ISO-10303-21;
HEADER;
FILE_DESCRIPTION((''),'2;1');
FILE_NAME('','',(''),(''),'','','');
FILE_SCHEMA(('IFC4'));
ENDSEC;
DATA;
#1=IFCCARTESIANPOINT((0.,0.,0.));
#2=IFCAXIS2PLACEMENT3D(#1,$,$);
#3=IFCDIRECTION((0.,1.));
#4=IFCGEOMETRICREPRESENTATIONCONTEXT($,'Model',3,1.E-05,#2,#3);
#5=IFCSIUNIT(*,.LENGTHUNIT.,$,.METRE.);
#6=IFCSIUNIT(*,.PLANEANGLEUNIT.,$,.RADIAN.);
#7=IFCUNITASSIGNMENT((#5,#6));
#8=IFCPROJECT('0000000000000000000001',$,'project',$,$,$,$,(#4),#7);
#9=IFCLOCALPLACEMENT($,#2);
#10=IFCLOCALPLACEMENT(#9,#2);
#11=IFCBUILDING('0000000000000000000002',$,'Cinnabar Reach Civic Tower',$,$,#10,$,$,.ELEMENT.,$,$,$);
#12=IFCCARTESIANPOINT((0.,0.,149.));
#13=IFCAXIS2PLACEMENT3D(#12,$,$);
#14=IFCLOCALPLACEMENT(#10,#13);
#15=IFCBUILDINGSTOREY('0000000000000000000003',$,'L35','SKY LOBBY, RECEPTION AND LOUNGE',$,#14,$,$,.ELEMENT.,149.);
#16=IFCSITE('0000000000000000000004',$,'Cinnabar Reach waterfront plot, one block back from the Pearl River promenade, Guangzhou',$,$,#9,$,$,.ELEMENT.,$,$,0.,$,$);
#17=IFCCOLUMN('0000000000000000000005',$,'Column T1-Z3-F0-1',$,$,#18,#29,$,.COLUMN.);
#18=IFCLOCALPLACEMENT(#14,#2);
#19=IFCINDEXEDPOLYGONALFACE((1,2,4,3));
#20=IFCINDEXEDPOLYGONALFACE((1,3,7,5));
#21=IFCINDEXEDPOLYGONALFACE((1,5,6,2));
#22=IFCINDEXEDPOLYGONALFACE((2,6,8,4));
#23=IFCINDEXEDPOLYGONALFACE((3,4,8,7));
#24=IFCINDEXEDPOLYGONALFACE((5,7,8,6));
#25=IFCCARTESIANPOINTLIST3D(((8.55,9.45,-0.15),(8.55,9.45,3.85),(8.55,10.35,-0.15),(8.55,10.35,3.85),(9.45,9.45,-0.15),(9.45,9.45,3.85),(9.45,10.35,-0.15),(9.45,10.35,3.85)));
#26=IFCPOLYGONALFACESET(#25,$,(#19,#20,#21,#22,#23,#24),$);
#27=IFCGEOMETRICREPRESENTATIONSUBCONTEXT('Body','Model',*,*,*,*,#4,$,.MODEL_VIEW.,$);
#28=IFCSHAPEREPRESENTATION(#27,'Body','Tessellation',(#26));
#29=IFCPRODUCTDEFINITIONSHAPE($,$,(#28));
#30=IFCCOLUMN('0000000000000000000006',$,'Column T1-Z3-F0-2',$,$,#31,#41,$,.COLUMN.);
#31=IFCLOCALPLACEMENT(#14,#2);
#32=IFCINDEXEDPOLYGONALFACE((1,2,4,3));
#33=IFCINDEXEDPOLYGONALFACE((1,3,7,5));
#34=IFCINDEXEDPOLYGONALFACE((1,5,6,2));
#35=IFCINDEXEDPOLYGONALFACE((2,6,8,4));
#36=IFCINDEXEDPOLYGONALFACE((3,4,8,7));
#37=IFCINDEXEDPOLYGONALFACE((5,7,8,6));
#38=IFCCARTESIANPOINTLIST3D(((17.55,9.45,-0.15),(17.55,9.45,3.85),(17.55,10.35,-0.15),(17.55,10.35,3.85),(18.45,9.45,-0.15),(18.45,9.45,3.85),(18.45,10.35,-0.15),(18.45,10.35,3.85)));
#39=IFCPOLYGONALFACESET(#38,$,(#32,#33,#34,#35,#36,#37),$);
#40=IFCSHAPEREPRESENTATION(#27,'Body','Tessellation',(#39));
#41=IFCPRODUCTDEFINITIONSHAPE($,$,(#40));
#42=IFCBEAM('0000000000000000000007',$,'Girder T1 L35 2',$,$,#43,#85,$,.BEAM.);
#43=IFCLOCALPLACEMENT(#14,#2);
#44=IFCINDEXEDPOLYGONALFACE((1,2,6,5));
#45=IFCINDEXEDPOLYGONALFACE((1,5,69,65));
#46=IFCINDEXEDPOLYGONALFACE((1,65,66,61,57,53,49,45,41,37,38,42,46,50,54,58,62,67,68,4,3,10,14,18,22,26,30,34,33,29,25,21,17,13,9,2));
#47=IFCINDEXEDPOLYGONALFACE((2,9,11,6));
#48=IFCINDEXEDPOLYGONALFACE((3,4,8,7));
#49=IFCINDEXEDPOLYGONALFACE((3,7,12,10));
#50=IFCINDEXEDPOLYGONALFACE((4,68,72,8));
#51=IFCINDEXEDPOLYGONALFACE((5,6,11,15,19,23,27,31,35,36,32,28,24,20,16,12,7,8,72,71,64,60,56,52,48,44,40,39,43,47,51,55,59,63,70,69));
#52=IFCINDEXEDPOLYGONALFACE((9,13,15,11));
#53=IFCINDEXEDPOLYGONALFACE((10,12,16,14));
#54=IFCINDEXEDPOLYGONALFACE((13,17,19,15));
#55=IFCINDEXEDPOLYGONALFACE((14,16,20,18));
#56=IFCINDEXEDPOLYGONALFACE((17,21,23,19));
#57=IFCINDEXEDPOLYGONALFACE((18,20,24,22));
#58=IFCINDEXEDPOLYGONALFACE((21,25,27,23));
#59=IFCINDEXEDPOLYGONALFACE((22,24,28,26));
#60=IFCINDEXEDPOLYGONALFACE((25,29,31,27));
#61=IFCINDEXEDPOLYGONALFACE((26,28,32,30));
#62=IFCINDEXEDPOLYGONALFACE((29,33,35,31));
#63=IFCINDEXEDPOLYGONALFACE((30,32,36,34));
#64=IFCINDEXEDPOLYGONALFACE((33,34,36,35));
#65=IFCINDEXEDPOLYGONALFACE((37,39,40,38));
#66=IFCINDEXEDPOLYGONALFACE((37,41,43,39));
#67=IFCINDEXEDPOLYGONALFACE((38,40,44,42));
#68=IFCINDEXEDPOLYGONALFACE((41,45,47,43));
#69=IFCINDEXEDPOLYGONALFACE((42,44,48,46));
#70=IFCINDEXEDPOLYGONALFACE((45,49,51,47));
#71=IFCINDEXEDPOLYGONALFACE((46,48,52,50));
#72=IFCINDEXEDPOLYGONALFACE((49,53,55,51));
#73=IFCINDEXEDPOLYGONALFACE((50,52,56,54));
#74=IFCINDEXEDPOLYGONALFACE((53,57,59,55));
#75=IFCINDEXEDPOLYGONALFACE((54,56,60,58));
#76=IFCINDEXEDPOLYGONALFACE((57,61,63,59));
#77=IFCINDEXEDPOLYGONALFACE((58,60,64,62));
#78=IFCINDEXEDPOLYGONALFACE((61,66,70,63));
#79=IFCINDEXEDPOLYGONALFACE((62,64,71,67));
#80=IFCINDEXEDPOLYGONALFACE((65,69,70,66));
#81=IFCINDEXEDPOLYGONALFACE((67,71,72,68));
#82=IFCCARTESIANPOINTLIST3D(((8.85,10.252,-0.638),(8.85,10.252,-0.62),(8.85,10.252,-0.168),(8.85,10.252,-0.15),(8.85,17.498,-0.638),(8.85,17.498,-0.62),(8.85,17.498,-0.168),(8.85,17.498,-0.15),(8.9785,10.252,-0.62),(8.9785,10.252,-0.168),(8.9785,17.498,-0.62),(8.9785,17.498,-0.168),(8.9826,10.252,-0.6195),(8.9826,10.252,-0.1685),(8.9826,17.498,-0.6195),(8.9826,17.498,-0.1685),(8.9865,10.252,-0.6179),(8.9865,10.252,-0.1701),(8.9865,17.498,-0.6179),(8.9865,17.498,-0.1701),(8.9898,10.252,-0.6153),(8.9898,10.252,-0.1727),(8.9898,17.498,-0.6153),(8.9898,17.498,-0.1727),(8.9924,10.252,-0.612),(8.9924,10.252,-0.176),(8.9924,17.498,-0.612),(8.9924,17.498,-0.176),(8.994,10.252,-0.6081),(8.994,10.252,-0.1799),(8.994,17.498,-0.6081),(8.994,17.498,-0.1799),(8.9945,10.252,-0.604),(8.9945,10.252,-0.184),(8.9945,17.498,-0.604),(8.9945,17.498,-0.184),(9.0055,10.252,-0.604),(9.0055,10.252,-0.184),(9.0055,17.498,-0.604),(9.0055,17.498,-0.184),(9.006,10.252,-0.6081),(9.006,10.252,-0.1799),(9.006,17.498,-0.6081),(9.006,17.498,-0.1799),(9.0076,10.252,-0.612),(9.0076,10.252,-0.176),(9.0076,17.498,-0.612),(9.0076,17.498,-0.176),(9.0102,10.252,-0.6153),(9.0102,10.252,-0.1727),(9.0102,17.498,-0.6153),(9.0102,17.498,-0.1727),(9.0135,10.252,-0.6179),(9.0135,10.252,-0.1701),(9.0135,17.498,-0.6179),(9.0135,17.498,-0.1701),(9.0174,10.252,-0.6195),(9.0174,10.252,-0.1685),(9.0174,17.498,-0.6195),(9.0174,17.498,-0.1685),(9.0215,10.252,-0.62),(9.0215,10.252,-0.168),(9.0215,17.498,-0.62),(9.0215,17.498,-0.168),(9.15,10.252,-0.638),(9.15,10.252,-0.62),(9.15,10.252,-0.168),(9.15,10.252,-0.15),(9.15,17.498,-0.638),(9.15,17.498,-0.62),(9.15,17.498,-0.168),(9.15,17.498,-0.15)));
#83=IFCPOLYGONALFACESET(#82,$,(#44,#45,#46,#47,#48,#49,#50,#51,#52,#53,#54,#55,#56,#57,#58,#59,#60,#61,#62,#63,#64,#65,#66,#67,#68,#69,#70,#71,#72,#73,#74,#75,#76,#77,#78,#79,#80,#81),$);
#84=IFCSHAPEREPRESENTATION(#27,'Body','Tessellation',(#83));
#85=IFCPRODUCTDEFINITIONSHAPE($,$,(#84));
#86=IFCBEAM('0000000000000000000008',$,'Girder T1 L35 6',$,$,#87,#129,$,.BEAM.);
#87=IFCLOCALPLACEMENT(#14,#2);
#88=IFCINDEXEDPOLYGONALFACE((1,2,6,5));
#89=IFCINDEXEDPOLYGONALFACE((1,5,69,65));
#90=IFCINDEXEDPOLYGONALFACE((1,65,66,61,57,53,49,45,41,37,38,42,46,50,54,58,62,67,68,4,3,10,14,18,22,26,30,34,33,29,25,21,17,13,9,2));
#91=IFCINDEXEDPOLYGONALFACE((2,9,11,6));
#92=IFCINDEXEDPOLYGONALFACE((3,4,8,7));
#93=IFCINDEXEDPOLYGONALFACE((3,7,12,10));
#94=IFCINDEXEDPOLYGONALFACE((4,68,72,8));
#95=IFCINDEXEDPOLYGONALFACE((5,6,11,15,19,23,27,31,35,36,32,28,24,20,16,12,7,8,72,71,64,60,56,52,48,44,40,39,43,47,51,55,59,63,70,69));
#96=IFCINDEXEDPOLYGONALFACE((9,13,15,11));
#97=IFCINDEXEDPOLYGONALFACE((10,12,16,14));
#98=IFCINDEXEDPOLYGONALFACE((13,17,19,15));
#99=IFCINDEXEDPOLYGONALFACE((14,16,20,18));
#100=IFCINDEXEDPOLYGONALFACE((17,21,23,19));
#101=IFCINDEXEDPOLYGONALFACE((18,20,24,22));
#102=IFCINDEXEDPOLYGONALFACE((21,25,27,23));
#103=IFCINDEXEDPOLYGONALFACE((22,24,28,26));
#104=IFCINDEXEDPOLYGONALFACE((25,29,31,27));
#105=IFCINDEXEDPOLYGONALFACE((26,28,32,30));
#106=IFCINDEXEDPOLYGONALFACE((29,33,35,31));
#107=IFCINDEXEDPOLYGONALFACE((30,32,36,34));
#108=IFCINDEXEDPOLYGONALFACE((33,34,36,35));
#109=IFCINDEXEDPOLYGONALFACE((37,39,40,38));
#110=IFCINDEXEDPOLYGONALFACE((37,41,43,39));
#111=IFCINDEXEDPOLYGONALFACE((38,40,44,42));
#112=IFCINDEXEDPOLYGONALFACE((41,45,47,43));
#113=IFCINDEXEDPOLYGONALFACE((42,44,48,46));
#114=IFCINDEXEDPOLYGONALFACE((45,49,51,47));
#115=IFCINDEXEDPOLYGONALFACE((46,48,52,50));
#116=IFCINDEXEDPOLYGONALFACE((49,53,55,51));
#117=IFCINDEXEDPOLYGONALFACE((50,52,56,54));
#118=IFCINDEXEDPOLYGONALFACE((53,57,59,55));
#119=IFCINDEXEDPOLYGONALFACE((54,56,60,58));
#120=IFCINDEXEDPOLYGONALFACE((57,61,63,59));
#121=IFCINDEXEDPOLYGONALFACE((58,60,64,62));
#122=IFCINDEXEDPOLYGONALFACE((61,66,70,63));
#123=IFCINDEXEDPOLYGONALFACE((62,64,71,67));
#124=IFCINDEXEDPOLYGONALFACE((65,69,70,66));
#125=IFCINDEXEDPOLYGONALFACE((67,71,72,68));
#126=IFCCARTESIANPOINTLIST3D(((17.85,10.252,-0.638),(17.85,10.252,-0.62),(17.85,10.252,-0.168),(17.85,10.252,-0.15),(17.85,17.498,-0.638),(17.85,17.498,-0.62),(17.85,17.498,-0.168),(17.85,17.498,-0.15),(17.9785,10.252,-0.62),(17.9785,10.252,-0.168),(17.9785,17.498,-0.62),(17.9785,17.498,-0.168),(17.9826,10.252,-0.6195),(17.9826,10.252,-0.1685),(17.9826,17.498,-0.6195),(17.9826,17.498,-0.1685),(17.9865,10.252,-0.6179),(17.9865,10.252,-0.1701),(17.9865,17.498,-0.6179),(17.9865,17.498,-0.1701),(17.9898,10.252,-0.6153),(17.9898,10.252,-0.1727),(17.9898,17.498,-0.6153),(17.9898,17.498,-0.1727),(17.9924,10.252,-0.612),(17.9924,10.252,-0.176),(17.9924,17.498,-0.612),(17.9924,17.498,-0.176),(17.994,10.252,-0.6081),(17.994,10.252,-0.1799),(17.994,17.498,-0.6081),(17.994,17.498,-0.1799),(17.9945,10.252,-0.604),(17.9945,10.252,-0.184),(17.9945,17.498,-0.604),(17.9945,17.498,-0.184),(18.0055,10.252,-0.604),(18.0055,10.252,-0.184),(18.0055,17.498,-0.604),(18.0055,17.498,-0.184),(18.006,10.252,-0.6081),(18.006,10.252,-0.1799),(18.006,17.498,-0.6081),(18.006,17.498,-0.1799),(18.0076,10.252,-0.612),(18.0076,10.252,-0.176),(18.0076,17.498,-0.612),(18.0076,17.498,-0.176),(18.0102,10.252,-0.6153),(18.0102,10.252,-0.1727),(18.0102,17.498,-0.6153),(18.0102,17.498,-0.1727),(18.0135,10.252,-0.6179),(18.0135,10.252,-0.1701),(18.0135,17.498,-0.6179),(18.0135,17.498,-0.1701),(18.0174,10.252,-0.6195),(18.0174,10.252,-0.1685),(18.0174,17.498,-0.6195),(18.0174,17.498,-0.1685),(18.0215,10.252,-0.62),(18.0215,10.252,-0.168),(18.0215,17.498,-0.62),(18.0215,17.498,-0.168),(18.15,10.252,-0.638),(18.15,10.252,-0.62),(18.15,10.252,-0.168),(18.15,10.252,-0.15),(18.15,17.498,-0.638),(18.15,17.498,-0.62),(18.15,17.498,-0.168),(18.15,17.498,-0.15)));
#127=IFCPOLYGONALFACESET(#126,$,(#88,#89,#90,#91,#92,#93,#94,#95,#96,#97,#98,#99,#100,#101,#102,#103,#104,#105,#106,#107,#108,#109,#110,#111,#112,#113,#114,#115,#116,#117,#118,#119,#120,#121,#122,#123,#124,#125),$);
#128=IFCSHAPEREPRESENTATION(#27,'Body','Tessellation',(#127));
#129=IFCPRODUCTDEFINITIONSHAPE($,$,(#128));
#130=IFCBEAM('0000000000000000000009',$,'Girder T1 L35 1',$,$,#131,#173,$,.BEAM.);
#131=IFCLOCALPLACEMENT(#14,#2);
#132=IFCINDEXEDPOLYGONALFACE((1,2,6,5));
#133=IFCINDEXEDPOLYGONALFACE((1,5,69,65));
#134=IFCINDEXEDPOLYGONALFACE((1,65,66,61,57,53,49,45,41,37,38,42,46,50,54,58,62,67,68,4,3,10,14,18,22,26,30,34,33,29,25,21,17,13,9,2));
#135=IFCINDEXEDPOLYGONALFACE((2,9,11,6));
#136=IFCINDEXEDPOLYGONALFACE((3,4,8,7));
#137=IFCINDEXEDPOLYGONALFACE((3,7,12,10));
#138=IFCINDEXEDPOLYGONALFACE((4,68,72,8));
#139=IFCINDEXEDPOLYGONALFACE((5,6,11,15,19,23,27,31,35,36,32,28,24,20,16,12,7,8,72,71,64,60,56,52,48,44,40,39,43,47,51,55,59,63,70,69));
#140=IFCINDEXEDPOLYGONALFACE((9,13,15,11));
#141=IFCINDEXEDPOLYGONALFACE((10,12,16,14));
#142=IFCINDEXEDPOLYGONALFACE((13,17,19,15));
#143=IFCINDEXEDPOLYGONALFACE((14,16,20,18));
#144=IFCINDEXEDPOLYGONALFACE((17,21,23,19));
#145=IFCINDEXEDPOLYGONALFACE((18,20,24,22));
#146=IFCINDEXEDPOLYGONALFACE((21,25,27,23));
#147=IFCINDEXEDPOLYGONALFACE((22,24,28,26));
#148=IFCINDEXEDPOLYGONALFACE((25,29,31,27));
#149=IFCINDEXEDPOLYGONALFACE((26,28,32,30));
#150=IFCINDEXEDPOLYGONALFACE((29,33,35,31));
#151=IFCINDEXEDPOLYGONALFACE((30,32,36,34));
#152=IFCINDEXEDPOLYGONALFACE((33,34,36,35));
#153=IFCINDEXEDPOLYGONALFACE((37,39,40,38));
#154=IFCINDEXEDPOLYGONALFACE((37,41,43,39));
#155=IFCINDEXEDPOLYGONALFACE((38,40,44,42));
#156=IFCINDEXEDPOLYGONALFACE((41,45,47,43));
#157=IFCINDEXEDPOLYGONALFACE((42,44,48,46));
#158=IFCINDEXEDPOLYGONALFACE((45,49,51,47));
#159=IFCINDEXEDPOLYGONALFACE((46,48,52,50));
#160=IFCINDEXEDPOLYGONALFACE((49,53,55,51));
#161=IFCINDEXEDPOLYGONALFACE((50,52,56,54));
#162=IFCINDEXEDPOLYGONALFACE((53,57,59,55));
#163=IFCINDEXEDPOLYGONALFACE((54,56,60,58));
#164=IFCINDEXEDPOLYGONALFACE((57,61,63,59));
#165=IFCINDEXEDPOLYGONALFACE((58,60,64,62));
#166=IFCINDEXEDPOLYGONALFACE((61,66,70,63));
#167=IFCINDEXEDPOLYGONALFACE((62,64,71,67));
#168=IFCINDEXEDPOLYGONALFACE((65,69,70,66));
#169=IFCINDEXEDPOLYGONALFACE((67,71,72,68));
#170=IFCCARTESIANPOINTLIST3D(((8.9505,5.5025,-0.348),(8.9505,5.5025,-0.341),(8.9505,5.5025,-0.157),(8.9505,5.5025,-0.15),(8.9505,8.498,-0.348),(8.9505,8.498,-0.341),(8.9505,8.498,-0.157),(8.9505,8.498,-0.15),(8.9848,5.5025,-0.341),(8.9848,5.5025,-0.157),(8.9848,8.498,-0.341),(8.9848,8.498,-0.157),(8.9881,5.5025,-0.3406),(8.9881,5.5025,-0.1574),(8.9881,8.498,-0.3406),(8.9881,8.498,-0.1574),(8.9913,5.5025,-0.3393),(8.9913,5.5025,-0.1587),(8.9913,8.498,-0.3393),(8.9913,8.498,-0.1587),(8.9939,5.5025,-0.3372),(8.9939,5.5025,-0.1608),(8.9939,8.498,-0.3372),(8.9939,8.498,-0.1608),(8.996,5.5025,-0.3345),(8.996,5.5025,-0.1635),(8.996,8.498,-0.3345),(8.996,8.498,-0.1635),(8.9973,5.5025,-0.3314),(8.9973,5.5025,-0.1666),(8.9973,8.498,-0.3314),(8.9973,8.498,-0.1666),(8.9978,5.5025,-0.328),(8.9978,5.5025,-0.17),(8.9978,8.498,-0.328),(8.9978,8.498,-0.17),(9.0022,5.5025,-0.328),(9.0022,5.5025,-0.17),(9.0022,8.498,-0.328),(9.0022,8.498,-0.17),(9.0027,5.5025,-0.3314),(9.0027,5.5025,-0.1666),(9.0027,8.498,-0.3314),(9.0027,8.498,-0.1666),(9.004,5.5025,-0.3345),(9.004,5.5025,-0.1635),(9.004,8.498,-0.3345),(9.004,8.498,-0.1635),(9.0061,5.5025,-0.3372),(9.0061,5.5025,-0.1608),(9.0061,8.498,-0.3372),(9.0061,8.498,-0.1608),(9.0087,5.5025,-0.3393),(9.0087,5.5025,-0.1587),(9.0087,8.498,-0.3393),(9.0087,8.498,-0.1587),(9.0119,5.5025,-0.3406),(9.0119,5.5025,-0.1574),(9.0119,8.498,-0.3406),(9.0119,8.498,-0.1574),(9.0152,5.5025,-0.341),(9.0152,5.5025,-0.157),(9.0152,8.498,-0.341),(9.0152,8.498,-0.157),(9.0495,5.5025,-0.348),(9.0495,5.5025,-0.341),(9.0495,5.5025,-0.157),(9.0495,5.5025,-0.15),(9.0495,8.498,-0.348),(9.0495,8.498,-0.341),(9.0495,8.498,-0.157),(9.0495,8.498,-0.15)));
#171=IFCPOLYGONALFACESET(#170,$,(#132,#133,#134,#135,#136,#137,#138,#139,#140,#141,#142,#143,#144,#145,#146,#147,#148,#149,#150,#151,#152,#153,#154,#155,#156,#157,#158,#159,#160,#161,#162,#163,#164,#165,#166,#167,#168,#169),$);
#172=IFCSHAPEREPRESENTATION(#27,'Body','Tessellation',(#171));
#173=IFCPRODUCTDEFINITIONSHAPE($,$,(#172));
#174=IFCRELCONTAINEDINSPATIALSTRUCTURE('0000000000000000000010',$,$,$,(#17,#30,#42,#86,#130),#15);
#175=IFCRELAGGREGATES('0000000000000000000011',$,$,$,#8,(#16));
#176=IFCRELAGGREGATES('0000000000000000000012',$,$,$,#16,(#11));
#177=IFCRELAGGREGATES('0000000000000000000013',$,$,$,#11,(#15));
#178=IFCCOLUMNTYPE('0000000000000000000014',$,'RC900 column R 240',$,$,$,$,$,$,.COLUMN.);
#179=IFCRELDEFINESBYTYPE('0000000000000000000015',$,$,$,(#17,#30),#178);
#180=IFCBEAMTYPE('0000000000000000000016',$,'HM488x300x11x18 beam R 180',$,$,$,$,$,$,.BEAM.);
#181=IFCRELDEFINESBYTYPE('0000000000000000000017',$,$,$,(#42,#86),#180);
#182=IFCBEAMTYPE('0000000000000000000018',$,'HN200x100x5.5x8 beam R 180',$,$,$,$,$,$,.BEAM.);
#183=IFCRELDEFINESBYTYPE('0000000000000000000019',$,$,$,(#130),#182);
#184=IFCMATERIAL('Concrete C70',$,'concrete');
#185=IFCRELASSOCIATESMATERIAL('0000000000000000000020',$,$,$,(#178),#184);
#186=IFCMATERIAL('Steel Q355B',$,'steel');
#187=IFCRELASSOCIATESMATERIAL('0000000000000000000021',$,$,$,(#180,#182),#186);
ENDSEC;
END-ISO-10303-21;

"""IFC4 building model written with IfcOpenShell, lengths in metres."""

from ifc_helpers import new_model, si_unit, direction, frame, origin, origin_2d, place, context, subcontext, project, spatial, rectangle, i_section, extrude, material, material_profile, profile_set, type_object, element, save


model = new_model("IFC4")

# Units and contexts
model_context = context("Model", 3, precision=1e-05, world=origin(), true_north=direction((0.0, 1.0)))
body_context = subcontext(model_context, "Body", "Model", "MODEL_VIEW")
ifc_project = project(units=[si_unit("LENGTHUNIT", "METRE"), si_unit("PLANEANGLEUNIT", "RADIAN")], contexts=[model_context])

# Site, building, storey
site_placement = place(None, origin())
site = spatial("IfcSite", under=ifc_project, at=site_placement, Name="Cinnabar Reach waterfront plot, one block back from the Pearl River promenade, Guangzhou", CompositionType="ELEMENT", RefElevation=0.0)
building_placement = place(site_placement, origin())
building = spatial("IfcBuilding", under=site, at=building_placement, Name="Cinnabar Reach Civic Tower", CompositionType="ELEMENT")
storey_placement = place(building_placement, frame((0.0, 0.0, 149.0)))
storey = spatial("IfcBuildingStorey", under=building, at=storey_placement, Name="L35", Description="SKY LOBBY, RECEPTION AND LOUNGE", CompositionType="ELEMENT", Elevation=149.0)

# Columns
ifc_material_1 = material(Name="Concrete C70", Category="concrete")
ifc_material_profile_1 = material_profile(ifc_material_1, rectangle(XDim=0.9, YDim=0.9, at=origin_2d()), Name="RC900")
ifc_profile_set_1 = profile_set([ifc_material_profile_1], Name="Concrete C70")
column_type = type_object("IfcColumnType", Name="RC900 column R 240", PredefinedType="COLUMN", material=ifc_profile_set_1)
for number, where, z_axis, x_axis, name in (
    (1, (9.0, 9.9, -0.15), (0.0, 0.0, 1.0), (1.0, 0.0, 0.0), "Column T1-Z3-F0-1"),
    (2, (18.0, 9.9, -0.15), (0.0, 0.0, 1.0), (1.0, 0.0, 0.0), "Column T1-Z3-F0-2"),
):
    element("IfcColumn", number, at=place(storey_placement, frame(where, z_axis=z_axis, x_axis=x_axis)), inside=storey, type_object=column_type, Name=name, PredefinedType="COLUMN", context=body_context, shape_type="SweptSolid", body=[
        extrude(rectangle(XDim=0.9, YDim=0.9, at=origin_2d()), origin(), (0.0, 0.0, 1.0), 4.0),
    ])

# Beams
ifc_material_2 = material(Name="Steel Q355B", Category="steel")
ifc_material_profile_2 = material_profile(ifc_material_2, i_section(OverallWidth=0.3, OverallDepth=0.488, WebThickness=0.011, FlangeThickness=0.018, FilletRadius=0.016, at=origin_2d()), Name="HM488x300x11x18")
ifc_profile_set_2 = profile_set([ifc_material_profile_2], Name="Steel Q355B")
beam_type_1 = type_object("IfcBeamType", Name="HM488x300x11x18 beam R 180", PredefinedType="BEAM", material=ifc_profile_set_2)
for number, where, z_axis, x_axis, name in (
    (3, (9.0, 10.252, -0.394), (0.0, 1.0, 0.0), (-1.0, 0.0, 0.0), "Girder T1 L35 2"),
    (4, (18.0, 10.252, -0.394), (0.0, 1.0, 0.0), (-1.0, 0.0, 0.0), "Girder T1 L35 6"),
):
    element("IfcBeam", number, at=place(storey_placement, frame(where, z_axis=z_axis, x_axis=x_axis)), inside=storey, type_object=beam_type_1, Name=name, PredefinedType="BEAM", context=body_context, shape_type="SweptSolid", body=[
        extrude(i_section(OverallWidth=0.3, OverallDepth=0.488, WebThickness=0.011, FlangeThickness=0.018, FilletRadius=0.016, at=origin_2d()), origin(), (0.0, 0.0, 1.0), 7.246),
    ])
ifc_material_profile_3 = material_profile(ifc_material_2, i_section(OverallWidth=0.099, OverallDepth=0.198, WebThickness=0.0045, FlangeThickness=0.007, FilletRadius=0.013, at=origin_2d()), Name="HN200x100x5.5x8")
ifc_profile_set_3 = profile_set([ifc_material_profile_3], Name="Steel Q355B")
beam_type_2 = type_object("IfcBeamType", Name="HN200x100x5.5x8 beam R 180", PredefinedType="BEAM", material=ifc_profile_set_3)
beam_1_placement = place(storey_placement, frame((9.0, 5.5025, -0.249), z_axis=(0.0, 1.0, 0.0), x_axis=(-1.0, 0.0, 0.0)))
element("IfcBeam", 5, at=beam_1_placement, inside=storey, type_object=beam_type_2, Name="Girder T1 L35 1", PredefinedType="BEAM", context=body_context, shape_type="SweptSolid", body=[
    extrude(i_section(OverallWidth=0.099, OverallDepth=0.198, WebThickness=0.0045, FlangeThickness=0.007, FilletRadius=0.013, at=origin_2d()), origin(), (0.0, 0.0, 1.0), 2.9955),
])

save(model, "model.ifc")
